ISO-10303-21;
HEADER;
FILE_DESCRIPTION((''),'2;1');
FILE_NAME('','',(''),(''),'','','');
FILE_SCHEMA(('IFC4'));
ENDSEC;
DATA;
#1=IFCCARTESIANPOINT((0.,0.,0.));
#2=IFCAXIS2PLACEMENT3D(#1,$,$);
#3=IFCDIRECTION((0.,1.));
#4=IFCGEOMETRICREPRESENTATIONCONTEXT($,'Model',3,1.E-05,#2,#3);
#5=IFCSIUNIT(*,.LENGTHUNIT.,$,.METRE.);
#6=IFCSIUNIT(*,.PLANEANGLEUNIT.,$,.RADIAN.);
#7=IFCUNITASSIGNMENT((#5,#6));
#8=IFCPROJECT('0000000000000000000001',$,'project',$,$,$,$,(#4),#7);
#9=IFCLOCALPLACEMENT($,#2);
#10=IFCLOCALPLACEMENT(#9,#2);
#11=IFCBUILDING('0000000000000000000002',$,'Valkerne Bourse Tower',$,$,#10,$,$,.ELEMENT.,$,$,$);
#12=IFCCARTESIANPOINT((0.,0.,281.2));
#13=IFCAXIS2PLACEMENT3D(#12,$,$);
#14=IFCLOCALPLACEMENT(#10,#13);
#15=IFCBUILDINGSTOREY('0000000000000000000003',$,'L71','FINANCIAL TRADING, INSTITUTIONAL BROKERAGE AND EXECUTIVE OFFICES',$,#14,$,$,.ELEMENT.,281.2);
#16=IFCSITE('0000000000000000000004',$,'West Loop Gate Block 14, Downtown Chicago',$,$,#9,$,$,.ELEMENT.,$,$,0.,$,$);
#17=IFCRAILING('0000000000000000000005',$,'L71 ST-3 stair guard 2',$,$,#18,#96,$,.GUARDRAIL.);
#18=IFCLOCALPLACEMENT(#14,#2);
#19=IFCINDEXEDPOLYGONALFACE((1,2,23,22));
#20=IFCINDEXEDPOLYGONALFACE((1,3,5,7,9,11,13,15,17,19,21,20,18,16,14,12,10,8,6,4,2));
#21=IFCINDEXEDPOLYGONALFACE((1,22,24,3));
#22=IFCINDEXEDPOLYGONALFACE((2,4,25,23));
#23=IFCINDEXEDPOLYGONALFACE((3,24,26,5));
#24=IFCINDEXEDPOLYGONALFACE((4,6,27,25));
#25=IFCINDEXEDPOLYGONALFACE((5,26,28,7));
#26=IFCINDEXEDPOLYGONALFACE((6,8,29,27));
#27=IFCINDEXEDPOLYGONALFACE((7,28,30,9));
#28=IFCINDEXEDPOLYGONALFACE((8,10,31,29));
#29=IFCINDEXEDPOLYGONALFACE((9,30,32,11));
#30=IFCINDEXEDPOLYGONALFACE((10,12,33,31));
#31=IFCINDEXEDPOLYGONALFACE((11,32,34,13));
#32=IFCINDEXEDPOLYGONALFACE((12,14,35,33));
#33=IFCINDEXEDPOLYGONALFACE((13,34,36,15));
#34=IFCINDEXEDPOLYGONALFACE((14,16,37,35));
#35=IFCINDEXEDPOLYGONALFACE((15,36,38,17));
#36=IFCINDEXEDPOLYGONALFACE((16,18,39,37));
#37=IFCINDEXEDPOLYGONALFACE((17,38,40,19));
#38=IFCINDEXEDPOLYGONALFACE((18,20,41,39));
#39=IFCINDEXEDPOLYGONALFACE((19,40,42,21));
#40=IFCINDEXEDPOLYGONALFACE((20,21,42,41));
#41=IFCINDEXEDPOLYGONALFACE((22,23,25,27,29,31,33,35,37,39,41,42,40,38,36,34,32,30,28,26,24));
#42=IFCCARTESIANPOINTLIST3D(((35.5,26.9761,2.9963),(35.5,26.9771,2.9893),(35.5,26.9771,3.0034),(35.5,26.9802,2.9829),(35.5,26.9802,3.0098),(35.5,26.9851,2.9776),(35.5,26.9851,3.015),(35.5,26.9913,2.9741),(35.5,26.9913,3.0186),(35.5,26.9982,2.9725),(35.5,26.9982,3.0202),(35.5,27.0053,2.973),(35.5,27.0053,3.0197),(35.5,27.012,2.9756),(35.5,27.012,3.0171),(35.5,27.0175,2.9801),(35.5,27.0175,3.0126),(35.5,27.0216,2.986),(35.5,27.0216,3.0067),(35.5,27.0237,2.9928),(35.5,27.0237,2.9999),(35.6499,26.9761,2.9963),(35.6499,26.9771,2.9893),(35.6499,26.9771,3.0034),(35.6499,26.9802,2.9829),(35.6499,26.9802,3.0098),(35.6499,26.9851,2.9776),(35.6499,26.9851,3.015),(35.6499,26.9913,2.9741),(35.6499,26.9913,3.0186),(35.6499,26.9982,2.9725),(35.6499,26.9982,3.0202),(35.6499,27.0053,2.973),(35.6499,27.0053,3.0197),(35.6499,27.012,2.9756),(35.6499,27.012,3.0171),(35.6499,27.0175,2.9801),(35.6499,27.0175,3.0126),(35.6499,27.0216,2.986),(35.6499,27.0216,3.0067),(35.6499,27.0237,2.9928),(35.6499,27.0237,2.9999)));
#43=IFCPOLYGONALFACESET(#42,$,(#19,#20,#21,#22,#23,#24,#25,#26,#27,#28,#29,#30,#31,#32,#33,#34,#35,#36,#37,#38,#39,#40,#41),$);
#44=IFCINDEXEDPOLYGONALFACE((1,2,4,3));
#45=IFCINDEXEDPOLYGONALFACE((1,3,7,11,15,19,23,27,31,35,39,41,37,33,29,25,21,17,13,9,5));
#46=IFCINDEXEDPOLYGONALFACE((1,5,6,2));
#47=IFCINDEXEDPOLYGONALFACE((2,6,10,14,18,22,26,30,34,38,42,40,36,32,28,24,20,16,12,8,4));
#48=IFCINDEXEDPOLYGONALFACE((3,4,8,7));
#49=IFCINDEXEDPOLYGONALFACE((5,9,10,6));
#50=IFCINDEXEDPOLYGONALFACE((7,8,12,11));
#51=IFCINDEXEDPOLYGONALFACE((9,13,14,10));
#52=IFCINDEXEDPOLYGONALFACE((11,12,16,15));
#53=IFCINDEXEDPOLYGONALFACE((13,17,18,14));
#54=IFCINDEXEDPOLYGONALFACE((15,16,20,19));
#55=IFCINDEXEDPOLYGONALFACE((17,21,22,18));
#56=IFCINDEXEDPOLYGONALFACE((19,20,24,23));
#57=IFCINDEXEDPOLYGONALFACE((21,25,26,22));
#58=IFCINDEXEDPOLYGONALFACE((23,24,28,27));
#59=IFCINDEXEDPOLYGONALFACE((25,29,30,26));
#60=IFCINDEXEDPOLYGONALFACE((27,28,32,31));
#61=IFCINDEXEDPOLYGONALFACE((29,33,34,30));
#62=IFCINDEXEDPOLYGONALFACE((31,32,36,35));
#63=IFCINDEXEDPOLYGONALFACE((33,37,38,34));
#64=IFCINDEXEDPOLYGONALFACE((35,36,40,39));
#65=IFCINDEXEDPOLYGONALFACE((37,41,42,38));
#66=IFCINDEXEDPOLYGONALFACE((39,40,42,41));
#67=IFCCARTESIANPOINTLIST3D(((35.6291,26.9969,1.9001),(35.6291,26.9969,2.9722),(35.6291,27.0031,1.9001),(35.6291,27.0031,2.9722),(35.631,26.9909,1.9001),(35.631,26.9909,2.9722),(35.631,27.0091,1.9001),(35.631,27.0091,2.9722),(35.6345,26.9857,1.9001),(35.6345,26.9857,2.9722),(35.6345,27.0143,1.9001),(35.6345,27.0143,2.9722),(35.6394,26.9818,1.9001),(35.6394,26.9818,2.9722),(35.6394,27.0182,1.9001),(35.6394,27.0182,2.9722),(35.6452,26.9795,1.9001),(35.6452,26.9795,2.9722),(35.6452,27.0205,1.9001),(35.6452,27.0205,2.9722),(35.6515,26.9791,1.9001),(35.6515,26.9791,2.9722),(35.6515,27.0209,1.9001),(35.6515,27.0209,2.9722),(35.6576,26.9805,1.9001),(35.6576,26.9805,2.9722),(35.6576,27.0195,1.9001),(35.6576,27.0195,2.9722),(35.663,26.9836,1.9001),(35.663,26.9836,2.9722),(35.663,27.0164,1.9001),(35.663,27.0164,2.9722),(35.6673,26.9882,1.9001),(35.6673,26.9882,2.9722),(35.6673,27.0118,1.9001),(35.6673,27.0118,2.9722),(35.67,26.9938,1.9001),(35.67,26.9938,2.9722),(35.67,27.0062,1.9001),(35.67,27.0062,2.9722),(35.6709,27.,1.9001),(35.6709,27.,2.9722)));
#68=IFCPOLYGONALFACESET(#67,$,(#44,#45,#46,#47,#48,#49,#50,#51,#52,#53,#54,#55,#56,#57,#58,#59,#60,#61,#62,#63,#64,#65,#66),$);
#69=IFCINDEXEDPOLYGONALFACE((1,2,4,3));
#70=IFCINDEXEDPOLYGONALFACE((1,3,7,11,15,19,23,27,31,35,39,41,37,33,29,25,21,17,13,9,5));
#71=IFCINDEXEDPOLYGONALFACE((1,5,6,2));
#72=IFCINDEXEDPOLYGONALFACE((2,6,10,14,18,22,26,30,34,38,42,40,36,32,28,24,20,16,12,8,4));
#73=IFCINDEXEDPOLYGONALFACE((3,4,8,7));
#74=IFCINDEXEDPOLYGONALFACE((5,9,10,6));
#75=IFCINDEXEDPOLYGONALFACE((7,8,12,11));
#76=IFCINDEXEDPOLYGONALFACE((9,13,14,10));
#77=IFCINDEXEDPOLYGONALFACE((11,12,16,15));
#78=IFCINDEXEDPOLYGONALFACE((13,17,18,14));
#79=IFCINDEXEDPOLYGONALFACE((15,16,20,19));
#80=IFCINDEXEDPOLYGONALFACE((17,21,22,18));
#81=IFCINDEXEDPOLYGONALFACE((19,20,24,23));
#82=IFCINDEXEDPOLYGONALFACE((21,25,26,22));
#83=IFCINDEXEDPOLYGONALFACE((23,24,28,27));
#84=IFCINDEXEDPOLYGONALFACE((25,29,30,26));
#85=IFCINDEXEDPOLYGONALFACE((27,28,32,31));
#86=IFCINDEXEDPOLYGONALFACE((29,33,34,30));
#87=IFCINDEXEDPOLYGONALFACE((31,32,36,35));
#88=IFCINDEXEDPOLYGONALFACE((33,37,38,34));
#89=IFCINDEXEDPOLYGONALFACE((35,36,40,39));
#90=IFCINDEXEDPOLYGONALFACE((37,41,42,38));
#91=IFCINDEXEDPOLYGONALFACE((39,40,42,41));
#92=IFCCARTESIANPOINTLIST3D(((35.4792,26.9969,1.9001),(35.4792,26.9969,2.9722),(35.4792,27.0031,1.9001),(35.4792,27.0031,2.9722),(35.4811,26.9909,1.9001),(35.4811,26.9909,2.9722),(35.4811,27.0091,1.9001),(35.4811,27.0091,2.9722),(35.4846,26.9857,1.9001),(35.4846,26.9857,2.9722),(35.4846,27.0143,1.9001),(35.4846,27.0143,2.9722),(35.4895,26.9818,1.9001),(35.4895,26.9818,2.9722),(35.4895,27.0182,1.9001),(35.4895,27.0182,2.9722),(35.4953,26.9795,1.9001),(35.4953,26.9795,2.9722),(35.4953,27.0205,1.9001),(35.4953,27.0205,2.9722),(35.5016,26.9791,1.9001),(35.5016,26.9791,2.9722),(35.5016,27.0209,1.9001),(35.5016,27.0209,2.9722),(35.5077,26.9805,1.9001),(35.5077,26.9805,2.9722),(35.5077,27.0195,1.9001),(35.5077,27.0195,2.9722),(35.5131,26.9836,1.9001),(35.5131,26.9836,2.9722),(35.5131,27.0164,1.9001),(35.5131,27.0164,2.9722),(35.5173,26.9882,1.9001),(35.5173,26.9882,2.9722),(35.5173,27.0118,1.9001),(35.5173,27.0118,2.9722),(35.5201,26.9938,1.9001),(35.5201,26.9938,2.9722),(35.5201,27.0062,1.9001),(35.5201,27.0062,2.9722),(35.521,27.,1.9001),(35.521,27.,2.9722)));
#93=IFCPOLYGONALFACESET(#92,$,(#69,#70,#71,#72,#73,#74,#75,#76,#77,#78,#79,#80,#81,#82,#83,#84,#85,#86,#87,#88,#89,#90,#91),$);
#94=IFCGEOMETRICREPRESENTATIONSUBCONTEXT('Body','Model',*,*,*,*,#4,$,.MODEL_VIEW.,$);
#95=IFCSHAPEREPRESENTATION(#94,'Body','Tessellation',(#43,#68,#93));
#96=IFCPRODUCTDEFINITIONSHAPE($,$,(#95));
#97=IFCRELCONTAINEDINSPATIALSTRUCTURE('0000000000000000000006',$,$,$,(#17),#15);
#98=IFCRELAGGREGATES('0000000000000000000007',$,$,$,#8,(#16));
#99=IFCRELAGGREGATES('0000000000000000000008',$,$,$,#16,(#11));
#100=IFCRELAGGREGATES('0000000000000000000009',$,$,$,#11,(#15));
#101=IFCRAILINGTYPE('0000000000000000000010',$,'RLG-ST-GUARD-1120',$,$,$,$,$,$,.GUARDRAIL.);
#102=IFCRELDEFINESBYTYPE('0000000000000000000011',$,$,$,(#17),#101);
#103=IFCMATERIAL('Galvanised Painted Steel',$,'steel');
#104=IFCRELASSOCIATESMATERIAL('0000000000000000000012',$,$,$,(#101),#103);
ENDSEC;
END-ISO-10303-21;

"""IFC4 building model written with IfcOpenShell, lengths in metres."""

from ifc_helpers import new_model, si_unit, direction, frame, origin, origin_2d, place, context, subcontext, project, spatial, circle, extrude, material, type_object, element, save


model = new_model("IFC4")

# Units and contexts
model_context = context("Model", 3, precision=1e-05, world=origin(), true_north=direction((0.0, 1.0)))
body_context = subcontext(model_context, "Body", "Model", "MODEL_VIEW")
ifc_project = project(units=[si_unit("LENGTHUNIT", "METRE"), si_unit("PLANEANGLEUNIT", "RADIAN")], contexts=[model_context])

# Site, building, storey
site_placement = place(None, origin())
site = spatial("IfcSite", under=ifc_project, at=site_placement, Name="West Loop Gate Block 14, Downtown Chicago", CompositionType="ELEMENT", RefElevation=0.0)
building_placement = place(site_placement, origin())
building = spatial("IfcBuilding", under=site, at=building_placement, Name="Valkerne Bourse Tower", CompositionType="ELEMENT")
storey_placement = place(building_placement, frame((0.0, 0.0, 281.2)))
storey = spatial("IfcBuildingStorey", under=building, at=storey_placement, Name="L71", Description="FINANCIAL TRADING, INSTITUTIONAL BROKERAGE AND EXECUTIVE OFFICES", CompositionType="ELEMENT", Elevation=281.2)

# Railing
ifc_material_1 = material(Name="Galvanised Painted Steel", Category="steel")
railing_type_1 = type_object("IfcRailingType", Name="RLG-ST-GUARD-1120", PredefinedType="GUARDRAIL", material=ifc_material_1)
railing_1_placement = place(storey_placement, frame((35.6499, 27.0, 1.9001)))
element("IfcRailing", 1, at=railing_1_placement, inside=storey, type_object=railing_type_1, Name="L71 ST-3 stair guard 2", PredefinedType="GUARDRAIL", context=body_context, shape_type="SweptSolid", body=[
    extrude(circle(Radius=0.0239, at=origin_2d()), frame((0.0, 0.0, 1.0962), z_axis=(-1.0, 0.0, 0.0), x_axis=(0.0, -1.0, 0.0)), (0.0, 0.0, 1.0), 0.1499),
    extrude(circle(Radius=0.021, at=origin_2d()), origin(), (0.0, 0.0, 1.0), 1.072),
    extrude(circle(Radius=0.021, at=origin_2d()), frame((-0.1499, 0.0, 0.0)), (0.0, 0.0, 1.0), 1.072),
])

save(model, "model.ifc")
